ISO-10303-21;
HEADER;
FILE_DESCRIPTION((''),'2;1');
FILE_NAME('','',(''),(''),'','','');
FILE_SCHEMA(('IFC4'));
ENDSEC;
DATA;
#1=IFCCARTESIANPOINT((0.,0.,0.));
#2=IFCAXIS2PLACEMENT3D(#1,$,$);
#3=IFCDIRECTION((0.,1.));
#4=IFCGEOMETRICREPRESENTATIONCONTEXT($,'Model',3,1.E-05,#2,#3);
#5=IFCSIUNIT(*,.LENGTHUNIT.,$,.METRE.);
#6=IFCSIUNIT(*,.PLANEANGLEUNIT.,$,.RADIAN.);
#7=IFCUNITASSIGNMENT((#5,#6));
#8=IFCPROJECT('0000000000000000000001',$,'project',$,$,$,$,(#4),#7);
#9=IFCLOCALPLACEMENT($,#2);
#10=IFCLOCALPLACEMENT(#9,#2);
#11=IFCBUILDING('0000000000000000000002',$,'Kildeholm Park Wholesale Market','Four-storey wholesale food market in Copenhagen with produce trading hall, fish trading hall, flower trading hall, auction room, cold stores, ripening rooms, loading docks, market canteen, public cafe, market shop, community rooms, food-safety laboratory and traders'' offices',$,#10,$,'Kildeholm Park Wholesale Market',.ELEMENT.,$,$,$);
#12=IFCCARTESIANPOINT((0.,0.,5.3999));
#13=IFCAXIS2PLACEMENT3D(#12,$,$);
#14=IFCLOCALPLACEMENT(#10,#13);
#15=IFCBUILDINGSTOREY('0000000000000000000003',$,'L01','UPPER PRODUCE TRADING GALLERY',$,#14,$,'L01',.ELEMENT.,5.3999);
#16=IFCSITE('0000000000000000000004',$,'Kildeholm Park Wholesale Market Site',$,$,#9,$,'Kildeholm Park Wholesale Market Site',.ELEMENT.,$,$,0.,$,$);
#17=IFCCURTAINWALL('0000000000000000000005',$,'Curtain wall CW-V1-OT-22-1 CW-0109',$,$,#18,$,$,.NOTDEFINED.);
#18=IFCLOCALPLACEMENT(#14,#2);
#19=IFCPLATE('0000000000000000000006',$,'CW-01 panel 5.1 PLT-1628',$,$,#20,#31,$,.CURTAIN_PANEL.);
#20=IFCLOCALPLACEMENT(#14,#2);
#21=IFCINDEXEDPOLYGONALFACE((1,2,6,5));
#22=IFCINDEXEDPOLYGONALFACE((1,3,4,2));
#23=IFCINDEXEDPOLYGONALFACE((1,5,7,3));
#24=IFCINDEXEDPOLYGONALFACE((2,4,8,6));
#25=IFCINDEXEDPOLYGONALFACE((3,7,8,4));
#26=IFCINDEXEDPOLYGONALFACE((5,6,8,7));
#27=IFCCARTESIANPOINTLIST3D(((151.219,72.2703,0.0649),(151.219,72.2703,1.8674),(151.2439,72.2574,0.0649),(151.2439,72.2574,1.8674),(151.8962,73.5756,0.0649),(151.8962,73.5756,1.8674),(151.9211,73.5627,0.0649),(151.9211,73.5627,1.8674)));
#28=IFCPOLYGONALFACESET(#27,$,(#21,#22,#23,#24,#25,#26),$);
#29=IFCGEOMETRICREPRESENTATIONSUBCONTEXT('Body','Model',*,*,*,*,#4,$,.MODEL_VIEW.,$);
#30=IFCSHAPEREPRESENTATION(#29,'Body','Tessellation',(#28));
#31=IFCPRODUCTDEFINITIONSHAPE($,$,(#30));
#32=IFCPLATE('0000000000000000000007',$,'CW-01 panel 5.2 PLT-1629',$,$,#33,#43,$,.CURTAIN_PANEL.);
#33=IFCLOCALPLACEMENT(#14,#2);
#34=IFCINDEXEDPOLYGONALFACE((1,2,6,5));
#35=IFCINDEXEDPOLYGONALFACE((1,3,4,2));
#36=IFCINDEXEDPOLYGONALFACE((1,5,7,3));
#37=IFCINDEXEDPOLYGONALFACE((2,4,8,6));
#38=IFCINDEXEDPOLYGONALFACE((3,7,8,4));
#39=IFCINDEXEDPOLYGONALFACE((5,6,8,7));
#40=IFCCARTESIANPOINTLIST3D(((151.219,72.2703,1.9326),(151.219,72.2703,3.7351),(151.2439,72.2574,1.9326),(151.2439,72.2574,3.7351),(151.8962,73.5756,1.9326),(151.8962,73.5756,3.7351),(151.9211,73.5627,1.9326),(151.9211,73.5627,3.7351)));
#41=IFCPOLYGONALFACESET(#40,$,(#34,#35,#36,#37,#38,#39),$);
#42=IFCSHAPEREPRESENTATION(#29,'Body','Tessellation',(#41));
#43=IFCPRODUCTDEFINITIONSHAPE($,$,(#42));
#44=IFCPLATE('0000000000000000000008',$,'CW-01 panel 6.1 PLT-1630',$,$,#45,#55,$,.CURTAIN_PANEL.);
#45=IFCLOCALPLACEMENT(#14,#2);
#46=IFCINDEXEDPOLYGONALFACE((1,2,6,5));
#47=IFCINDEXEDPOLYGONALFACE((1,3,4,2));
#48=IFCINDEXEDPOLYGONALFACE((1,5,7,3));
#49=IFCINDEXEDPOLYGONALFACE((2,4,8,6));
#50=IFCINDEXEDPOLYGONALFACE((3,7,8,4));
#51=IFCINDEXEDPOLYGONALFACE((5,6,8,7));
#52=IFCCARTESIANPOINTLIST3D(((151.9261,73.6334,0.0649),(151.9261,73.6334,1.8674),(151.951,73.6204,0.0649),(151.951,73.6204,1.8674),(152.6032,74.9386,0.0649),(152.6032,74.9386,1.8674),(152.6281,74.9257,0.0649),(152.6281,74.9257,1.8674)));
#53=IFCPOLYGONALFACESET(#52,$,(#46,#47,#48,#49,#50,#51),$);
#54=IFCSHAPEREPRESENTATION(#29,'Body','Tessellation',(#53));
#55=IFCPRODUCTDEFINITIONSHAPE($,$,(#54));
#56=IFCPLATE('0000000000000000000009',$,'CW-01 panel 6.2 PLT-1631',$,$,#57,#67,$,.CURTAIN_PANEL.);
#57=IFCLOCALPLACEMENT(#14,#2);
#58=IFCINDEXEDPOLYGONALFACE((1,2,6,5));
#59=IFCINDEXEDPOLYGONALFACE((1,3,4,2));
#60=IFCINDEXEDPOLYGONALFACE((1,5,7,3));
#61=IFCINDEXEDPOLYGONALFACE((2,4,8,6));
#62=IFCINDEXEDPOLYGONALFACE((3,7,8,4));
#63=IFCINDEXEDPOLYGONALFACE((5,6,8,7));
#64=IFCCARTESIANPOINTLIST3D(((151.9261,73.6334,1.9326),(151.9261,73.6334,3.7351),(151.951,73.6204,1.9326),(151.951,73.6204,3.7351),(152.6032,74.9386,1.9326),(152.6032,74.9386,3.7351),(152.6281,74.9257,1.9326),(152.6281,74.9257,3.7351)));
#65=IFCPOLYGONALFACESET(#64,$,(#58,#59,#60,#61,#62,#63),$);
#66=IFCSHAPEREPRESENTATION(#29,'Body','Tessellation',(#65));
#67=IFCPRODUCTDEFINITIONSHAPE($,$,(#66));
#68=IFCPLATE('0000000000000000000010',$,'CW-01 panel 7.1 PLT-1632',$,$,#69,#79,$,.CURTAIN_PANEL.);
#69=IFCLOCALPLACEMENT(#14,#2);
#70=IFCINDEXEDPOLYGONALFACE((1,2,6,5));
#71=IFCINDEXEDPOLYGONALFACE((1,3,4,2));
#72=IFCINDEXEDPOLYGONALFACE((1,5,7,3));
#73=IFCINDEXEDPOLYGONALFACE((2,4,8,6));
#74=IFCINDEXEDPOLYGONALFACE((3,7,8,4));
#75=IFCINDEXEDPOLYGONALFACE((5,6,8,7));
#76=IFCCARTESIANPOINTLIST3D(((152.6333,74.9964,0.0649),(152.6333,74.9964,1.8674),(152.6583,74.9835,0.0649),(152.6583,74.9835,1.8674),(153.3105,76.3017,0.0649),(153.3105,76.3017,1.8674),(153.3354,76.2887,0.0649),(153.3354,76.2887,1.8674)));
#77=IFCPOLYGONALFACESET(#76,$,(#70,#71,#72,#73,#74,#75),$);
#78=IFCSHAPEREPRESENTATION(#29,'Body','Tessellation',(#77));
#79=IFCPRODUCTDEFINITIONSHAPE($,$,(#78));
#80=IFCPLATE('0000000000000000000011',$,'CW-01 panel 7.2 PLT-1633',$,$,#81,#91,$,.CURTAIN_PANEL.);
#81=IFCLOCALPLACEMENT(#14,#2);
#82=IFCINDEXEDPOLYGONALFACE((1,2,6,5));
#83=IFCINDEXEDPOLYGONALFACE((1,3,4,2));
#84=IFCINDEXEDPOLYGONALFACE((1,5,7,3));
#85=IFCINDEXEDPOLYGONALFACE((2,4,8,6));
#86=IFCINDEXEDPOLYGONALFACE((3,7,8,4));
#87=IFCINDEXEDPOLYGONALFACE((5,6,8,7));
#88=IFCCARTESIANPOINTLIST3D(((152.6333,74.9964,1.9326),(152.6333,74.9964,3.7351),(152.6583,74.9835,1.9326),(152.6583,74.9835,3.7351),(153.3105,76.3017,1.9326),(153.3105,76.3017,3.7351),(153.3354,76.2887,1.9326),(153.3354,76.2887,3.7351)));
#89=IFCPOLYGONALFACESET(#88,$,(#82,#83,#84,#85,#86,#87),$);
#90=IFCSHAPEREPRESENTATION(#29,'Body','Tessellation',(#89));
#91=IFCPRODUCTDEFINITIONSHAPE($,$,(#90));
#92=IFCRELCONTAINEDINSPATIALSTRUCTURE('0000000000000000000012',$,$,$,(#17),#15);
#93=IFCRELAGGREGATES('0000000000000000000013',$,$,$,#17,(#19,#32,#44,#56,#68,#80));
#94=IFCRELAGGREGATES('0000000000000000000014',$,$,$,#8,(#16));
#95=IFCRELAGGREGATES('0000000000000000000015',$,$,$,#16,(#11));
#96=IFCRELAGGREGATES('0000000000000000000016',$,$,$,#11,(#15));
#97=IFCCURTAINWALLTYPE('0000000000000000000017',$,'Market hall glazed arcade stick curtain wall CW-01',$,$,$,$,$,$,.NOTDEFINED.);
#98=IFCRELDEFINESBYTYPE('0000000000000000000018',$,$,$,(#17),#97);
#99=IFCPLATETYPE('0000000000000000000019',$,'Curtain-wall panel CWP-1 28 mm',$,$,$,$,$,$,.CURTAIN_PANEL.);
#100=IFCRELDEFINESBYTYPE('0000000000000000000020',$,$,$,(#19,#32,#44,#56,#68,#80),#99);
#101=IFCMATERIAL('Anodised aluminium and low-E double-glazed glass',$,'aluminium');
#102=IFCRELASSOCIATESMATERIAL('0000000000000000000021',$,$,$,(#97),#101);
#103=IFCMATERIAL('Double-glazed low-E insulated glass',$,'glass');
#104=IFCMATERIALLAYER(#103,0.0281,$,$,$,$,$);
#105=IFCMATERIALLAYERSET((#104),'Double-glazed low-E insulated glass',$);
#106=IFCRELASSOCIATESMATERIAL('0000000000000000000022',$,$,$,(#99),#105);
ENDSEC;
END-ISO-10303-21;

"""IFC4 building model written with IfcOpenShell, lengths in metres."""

from ifc_helpers import new_model, si_unit, direction, frame, origin, origin_2d, place, context, subcontext, project, spatial, rectangle, extrude, material, layer, layer_set, type_object, element, aggregate, save


model = new_model("IFC4")

# Units and contexts
model_context = context("Model", 3, precision=1e-05, world=origin(), true_north=direction((0.0, 1.0)))
body_context = subcontext(model_context, "Body", "Model", "MODEL_VIEW")
ifc_project = project(units=[si_unit("LENGTHUNIT", "METRE"), si_unit("PLANEANGLEUNIT", "RADIAN")], contexts=[model_context])

# Site, building, storey
site_placement = place(None, origin())
site = spatial("IfcSite", under=ifc_project, at=site_placement, Name="Kildeholm Park Wholesale Market Site", LongName="Kildeholm Park Wholesale Market Site", CompositionType="ELEMENT", RefElevation=0.0)
building_placement = place(site_placement, origin())
building = spatial("IfcBuilding", under=site, at=building_placement, Name="Kildeholm Park Wholesale Market", Description="Four-storey wholesale food market in Copenhagen with produce trading hall, fish trading hall, flower trading hall, auction room, cold stores, ripening rooms, loading docks, market canteen, public cafe, market shop, community rooms, food-safety laboratory and traders' offices", LongName="Kildeholm Park Wholesale Market", CompositionType="ELEMENT")
storey_placement = place(building_placement, frame((0.0, 0.0, 5.3999)))
storey = spatial("IfcBuildingStorey", under=building, at=storey_placement, Name="L01", Description="UPPER PRODUCE TRADING GALLERY", LongName="L01", CompositionType="ELEMENT", Elevation=5.3999)

# Curtain wall, plates
ifc_material_1 = material(Name="Anodised aluminium and low-E double-glazed glass", Category="aluminium")
curtain_wall_type = type_object("IfcCurtainWallType", Name="Market hall glazed arcade stick curtain wall CW-01", PredefinedType="NOTDEFINED", material=ifc_material_1)
curtain_wall_placement = place(storey_placement, origin())
curtain_wall = element("IfcCurtainWall", 1, at=curtain_wall_placement, inside=storey, type_object=curtain_wall_type, Name="Curtain wall CW-V1-OT-22-1 CW-0109", PredefinedType="NOTDEFINED")
ifc_material_2 = material(Name="Double-glazed low-E insulated glass", Category="glass")
ifc_layer = layer(ifc_material_2, 0.0281)
ifc_layer_set = layer_set([ifc_layer], Name="Double-glazed low-E insulated glass")
plate_type = type_object("IfcPlateType", Name="Curtain-wall panel CWP-1 28 mm", PredefinedType="CURTAIN_PANEL", material=ifc_layer_set)
plate_1_placement = place(storey_placement, frame((151.5701, 72.9165, 0.0649), z_axis=(0.0, 0.0, 1.0), x_axis=(0.460514, 0.887652, 0.0)))
plate_1 = element("IfcPlate", 2, at=plate_1_placement, type_object=plate_type, Name="CW-01 panel 5.1 PLT-1628", PredefinedType="CURTAIN_PANEL", context=body_context, shape_type="SweptSolid", body=[
    extrude(rectangle(XDim=1.4705, YDim=0.0281, at=origin_2d()), origin(), (0.0, 0.0, 1.0), 1.8025),
])
plate_2_placement = place(storey_placement, frame((151.5701, 72.9165, 1.9326), z_axis=(0.0, 0.0, 1.0), x_axis=(0.460514, 0.887652, 0.0)))
plate_2 = element("IfcPlate", 3, at=plate_2_placement, type_object=plate_type, Name="CW-01 panel 5.2 PLT-1629", PredefinedType="CURTAIN_PANEL", context=body_context, shape_type="SweptSolid", body=[
    extrude(rectangle(XDim=1.4705, YDim=0.0281, at=origin_2d()), origin(), (0.0, 0.0, 1.0), 1.8025),
])
plate_3_placement = place(storey_placement, frame((152.2771, 74.2795, 0.0649), z_axis=(0.0, 0.0, 1.0), x_axis=(0.460514, 0.887652, 0.0)))
plate_3 = element("IfcPlate", 4, at=plate_3_placement, type_object=plate_type, Name="CW-01 panel 6.1 PLT-1630", PredefinedType="CURTAIN_PANEL", context=body_context, shape_type="SweptSolid", body=[
    extrude(rectangle(XDim=1.4705, YDim=0.0281, at=origin_2d()), origin(), (0.0, 0.0, 1.0), 1.8025),
])
plate_4_placement = place(storey_placement, frame((152.2771, 74.2795, 1.9326), z_axis=(0.0, 0.0, 1.0), x_axis=(0.460514, 0.887652, 0.0)))
plate_4 = element("IfcPlate", 5, at=plate_4_placement, type_object=plate_type, Name="CW-01 panel 6.2 PLT-1631", PredefinedType="CURTAIN_PANEL", context=body_context, shape_type="SweptSolid", body=[
    extrude(rectangle(XDim=1.4705, YDim=0.0281, at=origin_2d()), origin(), (0.0, 0.0, 1.0), 1.8025),
])
plate_5_placement = place(storey_placement, frame((152.9844, 75.6426, 0.0649), z_axis=(0.0, 0.0, 1.0), x_axis=(0.460514, 0.887652, 0.0)))
plate_5 = element("IfcPlate", 6, at=plate_5_placement, type_object=plate_type, Name="CW-01 panel 7.1 PLT-1632", PredefinedType="CURTAIN_PANEL", context=body_context, shape_type="SweptSolid", body=[
    extrude(rectangle(XDim=1.4705, YDim=0.0281, at=origin_2d()), origin(), (0.0, 0.0, 1.0), 1.8025),
])
plate_6_placement = place(storey_placement, frame((152.9844, 75.6426, 1.9326), z_axis=(0.0, 0.0, 1.0), x_axis=(0.460514, 0.887652, 0.0)))
plate_6 = element("IfcPlate", 7, at=plate_6_placement, type_object=plate_type, Name="CW-01 panel 7.2 PLT-1633", PredefinedType="CURTAIN_PANEL", context=body_context, shape_type="SweptSolid", body=[
    extrude(rectangle(XDim=1.4705, YDim=0.0281, at=origin_2d()), origin(), (0.0, 0.0, 1.0), 1.8025),
])
aggregate(curtain_wall, [plate_1, plate_2, plate_3, plate_4, plate_5, plate_6])

save(model, "model.ifc")
